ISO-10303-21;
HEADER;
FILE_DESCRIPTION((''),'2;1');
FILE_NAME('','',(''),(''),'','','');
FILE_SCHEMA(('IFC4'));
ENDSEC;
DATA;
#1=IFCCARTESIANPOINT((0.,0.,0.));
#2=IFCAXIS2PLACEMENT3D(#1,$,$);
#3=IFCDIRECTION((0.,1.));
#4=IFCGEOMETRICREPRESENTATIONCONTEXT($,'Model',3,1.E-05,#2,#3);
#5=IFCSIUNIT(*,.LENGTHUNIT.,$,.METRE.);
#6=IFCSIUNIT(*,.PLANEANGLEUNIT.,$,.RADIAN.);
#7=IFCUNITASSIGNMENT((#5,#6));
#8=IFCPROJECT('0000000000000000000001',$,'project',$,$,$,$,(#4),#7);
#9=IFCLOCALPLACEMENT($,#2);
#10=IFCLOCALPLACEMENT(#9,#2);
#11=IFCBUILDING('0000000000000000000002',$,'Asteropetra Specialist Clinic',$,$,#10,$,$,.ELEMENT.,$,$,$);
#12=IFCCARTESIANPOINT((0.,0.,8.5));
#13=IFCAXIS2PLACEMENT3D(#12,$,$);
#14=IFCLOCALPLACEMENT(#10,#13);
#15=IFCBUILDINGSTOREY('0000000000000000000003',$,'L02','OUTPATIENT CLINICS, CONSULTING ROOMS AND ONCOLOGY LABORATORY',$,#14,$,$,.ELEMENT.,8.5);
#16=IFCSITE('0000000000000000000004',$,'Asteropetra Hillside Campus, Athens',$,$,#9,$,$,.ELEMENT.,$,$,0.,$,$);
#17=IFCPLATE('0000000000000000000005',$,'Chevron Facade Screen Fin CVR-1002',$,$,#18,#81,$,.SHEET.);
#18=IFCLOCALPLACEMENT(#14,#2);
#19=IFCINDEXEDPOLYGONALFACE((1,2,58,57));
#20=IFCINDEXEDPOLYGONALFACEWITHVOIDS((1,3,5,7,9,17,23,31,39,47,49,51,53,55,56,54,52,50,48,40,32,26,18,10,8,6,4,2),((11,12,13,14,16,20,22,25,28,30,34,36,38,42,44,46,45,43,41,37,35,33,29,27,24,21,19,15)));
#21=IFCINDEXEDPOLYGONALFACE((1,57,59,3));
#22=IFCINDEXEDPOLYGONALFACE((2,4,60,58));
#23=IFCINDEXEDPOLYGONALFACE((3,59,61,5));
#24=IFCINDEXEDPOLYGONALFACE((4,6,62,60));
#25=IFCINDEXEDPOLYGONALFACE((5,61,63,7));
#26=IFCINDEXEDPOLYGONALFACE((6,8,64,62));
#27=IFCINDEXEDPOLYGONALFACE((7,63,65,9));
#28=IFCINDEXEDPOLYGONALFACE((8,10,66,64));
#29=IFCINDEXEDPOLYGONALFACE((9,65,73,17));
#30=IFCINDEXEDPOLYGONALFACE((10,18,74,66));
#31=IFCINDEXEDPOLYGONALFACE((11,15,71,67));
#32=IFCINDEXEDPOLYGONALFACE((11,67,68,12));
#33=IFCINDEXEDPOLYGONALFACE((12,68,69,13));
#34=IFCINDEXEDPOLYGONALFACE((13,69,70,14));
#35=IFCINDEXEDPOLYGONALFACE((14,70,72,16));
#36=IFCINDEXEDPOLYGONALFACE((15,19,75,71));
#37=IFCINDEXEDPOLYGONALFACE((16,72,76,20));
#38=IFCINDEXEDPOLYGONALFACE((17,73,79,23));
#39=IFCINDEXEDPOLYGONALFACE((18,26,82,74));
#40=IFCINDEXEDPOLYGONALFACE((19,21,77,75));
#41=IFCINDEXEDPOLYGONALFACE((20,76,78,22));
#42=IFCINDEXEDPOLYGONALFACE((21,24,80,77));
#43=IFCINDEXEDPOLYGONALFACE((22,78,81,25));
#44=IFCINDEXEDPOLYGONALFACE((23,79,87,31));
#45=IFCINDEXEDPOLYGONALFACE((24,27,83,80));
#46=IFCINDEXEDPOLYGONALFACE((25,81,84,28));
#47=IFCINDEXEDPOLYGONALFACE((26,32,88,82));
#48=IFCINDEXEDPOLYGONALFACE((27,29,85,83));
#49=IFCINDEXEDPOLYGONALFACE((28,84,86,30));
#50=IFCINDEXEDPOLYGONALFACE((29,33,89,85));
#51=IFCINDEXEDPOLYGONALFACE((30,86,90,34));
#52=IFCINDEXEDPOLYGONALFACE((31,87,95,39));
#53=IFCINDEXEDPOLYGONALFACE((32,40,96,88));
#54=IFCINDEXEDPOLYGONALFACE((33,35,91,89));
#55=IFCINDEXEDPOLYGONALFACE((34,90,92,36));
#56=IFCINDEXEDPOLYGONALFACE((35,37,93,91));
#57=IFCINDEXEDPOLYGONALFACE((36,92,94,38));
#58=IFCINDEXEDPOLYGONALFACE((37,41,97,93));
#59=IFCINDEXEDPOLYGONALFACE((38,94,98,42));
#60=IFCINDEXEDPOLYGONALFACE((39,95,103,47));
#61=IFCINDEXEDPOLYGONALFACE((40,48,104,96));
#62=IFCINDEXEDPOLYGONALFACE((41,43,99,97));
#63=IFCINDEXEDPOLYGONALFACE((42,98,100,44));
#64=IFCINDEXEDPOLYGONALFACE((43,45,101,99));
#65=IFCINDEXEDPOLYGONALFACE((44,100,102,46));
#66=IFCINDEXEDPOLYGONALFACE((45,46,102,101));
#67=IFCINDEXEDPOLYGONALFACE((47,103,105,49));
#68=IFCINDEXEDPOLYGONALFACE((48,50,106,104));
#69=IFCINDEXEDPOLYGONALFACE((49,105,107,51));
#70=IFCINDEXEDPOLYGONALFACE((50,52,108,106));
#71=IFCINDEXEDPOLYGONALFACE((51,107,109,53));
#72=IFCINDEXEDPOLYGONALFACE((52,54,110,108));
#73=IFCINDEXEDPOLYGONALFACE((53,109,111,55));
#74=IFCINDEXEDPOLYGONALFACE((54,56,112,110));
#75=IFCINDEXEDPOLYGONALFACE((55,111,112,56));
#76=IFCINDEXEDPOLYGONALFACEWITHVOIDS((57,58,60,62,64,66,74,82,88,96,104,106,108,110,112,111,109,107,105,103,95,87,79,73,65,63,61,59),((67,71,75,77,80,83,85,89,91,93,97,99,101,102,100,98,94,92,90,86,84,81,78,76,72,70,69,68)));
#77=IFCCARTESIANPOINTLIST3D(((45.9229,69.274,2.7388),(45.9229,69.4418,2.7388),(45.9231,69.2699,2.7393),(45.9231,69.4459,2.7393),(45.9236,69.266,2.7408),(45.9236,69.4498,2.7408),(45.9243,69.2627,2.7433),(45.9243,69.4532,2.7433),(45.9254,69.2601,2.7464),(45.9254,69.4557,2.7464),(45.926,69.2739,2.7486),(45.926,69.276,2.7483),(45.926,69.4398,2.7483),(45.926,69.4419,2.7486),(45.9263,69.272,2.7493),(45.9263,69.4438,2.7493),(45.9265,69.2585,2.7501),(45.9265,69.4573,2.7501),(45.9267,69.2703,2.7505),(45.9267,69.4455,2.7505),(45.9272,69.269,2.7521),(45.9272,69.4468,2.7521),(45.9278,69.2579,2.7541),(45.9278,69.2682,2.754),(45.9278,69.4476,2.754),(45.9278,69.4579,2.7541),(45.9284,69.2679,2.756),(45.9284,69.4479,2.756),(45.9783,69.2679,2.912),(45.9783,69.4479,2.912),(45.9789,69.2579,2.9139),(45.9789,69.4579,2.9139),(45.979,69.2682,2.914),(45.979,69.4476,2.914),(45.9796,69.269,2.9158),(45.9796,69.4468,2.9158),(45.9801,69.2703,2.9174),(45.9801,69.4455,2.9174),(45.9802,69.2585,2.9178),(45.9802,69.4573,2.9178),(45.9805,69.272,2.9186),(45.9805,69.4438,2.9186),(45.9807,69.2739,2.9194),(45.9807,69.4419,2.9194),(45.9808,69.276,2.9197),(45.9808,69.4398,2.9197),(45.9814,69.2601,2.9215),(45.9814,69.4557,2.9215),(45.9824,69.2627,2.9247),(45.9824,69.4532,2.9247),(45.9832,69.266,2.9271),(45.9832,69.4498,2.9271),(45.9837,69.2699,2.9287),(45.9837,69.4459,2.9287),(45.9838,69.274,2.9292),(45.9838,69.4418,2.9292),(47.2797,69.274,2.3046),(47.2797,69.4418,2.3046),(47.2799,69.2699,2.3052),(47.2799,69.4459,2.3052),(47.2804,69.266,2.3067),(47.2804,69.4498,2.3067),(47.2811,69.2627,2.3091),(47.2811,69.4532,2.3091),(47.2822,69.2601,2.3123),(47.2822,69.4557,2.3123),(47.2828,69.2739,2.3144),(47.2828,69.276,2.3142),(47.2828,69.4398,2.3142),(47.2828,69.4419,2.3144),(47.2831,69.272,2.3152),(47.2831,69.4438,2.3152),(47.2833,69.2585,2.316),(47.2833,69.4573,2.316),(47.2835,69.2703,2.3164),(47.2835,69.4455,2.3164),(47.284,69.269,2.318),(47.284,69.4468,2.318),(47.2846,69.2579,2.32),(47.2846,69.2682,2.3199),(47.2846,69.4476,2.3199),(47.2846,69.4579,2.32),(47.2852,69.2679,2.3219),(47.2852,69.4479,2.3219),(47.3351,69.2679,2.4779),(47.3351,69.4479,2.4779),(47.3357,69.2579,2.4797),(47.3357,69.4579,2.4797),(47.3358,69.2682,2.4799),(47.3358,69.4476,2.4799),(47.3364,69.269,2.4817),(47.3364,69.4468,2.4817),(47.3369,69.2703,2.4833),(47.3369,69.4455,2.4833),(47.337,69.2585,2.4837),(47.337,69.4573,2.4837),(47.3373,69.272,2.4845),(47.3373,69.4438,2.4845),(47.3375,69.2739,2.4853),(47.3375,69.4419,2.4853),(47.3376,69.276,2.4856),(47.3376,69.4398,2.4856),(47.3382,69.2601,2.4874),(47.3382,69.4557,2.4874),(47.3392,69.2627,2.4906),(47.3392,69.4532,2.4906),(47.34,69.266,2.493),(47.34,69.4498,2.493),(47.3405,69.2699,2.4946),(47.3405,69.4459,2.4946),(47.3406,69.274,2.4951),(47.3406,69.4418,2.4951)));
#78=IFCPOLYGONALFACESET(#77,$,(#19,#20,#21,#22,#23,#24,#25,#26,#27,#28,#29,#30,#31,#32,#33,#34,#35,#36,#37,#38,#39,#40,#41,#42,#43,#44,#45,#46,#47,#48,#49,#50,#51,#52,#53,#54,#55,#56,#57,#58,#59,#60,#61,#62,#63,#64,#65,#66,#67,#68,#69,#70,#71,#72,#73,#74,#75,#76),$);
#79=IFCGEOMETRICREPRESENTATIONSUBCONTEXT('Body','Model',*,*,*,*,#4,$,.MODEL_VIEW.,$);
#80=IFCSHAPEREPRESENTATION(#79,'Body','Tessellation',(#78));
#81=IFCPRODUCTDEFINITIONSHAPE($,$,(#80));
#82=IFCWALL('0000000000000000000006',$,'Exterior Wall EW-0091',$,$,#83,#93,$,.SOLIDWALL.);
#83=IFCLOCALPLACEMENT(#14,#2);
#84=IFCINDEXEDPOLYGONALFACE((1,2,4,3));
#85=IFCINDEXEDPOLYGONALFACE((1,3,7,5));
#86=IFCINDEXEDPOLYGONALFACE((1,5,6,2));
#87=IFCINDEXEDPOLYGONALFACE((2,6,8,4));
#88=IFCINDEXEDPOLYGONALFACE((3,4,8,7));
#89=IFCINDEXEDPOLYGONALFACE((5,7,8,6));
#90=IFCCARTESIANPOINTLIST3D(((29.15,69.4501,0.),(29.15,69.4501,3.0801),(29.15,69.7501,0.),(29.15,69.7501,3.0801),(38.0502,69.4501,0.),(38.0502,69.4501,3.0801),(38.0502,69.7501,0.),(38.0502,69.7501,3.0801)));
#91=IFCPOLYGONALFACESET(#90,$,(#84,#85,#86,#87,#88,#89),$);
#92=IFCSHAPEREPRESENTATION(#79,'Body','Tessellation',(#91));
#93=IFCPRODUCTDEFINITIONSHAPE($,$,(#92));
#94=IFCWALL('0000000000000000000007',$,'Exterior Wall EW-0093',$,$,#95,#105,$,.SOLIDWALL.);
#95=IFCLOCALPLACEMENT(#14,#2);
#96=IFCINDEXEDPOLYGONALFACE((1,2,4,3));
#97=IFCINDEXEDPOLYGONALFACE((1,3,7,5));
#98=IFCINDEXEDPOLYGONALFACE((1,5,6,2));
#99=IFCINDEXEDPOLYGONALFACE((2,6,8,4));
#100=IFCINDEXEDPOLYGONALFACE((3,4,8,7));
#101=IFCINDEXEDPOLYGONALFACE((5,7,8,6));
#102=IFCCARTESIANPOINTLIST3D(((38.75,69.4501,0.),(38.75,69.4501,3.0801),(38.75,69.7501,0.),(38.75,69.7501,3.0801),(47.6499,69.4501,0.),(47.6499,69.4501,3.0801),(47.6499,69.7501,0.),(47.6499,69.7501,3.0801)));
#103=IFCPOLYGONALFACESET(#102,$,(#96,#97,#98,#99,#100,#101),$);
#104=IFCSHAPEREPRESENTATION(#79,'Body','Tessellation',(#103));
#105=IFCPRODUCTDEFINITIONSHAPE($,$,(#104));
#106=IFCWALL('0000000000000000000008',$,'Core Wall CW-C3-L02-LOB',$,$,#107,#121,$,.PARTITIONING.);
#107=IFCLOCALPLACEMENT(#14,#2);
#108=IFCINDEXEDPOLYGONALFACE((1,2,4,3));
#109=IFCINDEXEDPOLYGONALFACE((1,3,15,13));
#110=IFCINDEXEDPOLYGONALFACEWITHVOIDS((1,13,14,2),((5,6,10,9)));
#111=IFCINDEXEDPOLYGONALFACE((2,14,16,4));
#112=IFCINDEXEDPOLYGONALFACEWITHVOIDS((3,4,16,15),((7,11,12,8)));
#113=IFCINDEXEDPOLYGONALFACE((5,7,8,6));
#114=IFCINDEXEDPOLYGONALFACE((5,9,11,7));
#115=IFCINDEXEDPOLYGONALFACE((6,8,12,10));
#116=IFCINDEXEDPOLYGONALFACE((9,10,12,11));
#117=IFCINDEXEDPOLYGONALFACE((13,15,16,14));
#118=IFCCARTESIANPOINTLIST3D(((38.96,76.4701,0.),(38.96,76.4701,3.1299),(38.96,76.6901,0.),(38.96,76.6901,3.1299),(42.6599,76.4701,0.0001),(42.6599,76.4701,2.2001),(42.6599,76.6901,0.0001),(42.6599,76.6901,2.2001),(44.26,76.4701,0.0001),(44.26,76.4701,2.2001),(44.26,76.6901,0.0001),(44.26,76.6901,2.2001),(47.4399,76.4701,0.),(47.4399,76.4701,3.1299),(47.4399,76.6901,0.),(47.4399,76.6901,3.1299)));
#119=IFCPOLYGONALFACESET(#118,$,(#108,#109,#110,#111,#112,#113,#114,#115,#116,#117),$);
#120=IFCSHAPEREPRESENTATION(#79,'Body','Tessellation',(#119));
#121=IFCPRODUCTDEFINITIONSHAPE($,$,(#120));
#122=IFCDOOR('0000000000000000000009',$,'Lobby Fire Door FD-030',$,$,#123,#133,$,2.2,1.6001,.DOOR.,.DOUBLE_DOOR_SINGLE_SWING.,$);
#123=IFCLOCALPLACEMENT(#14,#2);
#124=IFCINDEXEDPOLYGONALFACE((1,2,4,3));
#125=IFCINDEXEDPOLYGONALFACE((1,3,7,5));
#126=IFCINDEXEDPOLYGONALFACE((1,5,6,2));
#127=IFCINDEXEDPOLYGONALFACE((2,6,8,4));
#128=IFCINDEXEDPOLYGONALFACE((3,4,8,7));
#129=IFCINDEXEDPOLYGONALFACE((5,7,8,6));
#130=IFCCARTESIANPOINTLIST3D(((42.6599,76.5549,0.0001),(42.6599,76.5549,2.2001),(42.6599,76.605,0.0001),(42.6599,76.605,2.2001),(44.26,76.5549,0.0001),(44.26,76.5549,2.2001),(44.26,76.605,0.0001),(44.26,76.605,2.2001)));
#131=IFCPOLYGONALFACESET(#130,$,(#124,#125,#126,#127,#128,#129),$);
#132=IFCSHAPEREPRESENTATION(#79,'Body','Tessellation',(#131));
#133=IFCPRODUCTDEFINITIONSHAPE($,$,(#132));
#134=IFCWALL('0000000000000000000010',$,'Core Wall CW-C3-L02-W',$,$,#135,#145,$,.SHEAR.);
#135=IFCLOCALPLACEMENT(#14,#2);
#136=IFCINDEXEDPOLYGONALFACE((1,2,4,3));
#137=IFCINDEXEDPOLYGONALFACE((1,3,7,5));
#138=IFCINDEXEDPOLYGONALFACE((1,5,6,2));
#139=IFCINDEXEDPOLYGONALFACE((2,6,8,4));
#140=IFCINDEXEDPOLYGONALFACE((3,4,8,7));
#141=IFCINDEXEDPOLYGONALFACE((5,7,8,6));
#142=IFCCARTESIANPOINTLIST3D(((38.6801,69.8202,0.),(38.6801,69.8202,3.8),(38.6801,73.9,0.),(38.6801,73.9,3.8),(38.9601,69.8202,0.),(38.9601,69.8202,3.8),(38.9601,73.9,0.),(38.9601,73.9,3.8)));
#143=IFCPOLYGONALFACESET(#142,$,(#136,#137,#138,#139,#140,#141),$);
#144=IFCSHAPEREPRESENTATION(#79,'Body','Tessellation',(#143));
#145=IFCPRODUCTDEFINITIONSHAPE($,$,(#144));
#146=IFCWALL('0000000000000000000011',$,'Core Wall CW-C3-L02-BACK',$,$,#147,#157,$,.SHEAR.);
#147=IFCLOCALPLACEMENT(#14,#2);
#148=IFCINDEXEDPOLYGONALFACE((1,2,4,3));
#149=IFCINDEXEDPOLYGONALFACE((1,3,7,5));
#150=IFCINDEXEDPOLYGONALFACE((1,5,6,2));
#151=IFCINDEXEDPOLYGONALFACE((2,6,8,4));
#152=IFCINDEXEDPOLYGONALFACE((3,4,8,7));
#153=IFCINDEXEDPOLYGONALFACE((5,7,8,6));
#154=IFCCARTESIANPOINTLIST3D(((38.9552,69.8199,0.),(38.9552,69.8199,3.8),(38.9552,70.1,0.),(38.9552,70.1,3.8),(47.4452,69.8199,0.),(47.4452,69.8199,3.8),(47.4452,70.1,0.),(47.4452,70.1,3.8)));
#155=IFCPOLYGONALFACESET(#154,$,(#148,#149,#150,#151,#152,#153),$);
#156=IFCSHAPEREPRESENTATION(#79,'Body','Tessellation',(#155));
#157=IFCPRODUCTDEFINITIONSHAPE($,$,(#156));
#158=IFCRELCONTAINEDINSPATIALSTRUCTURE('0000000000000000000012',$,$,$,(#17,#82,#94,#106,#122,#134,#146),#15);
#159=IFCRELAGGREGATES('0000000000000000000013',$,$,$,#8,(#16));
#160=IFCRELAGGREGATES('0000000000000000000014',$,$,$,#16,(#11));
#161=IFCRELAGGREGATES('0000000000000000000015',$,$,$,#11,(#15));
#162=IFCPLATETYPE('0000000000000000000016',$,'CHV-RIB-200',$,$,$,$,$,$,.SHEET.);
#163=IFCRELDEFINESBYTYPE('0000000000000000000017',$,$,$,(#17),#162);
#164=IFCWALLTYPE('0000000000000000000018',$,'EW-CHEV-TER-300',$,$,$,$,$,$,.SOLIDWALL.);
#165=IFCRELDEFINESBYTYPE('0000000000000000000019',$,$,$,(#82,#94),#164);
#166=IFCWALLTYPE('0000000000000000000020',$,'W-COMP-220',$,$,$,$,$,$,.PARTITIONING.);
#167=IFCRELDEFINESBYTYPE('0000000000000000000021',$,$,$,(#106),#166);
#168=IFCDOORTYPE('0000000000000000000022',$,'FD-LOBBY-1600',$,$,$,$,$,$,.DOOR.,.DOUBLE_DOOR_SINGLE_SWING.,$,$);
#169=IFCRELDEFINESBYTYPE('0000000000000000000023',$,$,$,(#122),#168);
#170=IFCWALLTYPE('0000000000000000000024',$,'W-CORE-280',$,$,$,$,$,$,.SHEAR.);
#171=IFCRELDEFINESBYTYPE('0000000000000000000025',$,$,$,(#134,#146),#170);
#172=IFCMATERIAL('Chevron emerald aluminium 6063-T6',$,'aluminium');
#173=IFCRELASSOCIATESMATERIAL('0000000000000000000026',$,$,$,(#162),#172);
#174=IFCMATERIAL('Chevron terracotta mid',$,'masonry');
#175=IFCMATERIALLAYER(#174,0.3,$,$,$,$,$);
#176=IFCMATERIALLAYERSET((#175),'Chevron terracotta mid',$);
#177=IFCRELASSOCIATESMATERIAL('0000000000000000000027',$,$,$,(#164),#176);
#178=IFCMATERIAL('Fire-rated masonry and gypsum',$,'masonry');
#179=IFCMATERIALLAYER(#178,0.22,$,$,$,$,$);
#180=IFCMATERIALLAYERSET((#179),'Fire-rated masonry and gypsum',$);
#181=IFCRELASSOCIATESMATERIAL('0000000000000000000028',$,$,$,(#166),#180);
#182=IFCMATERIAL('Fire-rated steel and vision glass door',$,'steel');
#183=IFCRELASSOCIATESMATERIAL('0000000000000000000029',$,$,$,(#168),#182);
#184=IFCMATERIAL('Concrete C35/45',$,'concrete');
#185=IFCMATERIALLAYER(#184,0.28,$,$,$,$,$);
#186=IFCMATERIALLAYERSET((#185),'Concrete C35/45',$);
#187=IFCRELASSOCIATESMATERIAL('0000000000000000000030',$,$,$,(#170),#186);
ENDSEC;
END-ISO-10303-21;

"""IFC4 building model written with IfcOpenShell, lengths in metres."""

from ifc_helpers import new_model, si_unit, direction, frame, frame_2d, origin, origin_2d, place, context, subcontext, project, spatial, rectangle, hollow_rectangle, extrude, material, layer, layer_set, material_profile, profile_set, type_object, element, fill, save


model = new_model("IFC4")

# Units and contexts
model_context = context("Model", 3, precision=1e-05, world=origin(), true_north=direction((0.0, 1.0)))
body_context = subcontext(model_context, "Body", "Model", "MODEL_VIEW")
ifc_project = project(units=[si_unit("LENGTHUNIT", "METRE"), si_unit("PLANEANGLEUNIT", "RADIAN")], contexts=[model_context])

# Site, building, storey
site_placement = place(None, origin())
site = spatial("IfcSite", under=ifc_project, at=site_placement, Name="Asteropetra Hillside Campus, Athens", CompositionType="ELEMENT", RefElevation=0.0)
building_placement = place(site_placement, origin())
building = spatial("IfcBuilding", under=site, at=building_placement, Name="Asteropetra Specialist Clinic", CompositionType="ELEMENT")
storey_placement = place(building_placement, frame((0.0, 0.0, 8.5)))
storey = spatial("IfcBuildingStorey", under=building, at=storey_placement, Name="L02", Description="OUTPATIENT CLINICS, CONSULTING ROOMS AND ONCOLOGY LABORATORY", CompositionType="ELEMENT", Elevation=8.5)

# Plate
ifc_material_1 = material(Name="Chevron emerald aluminium 6063-T6", Category="aluminium")
ifc_material_profile_1 = material_profile(ifc_material_1, hollow_rectangle(XDim=0.2, YDim=0.2, WallThickness=0.01, InnerFilletRadius=0.0081, OuterFilletRadius=0.0161, at=origin_2d()), Name="SHS 200x200x10.0")
ifc_profile_set_1 = profile_set([ifc_material_profile_1], Name="Chevron emerald aluminium 6063-T6")
plate_type = type_object("IfcPlateType", Name="CHV-RIB-200", PredefinedType="SHEET", material=ifc_profile_set_1)
plate_placement = place(storey_placement, frame((45.9534, 69.3579, 2.834), z_axis=(0.952436, 0.0, -0.304738), x_axis=(0.0, 1.0, 0.0)))
element("IfcPlate", 1, at=plate_placement, inside=storey, type_object=plate_type, Name="Chevron Facade Screen Fin CVR-1002", PredefinedType="SHEET", context=body_context, shape_type="SweptSolid", body=[
    extrude(hollow_rectangle(XDim=0.2, YDim=0.2, WallThickness=0.01, InnerFilletRadius=0.0081, OuterFilletRadius=0.0161, at=origin_2d()), origin(), (0.0, 0.0, 1.0), 1.4246),
])

# Walls
ifc_material_2 = material(Name="Chevron terracotta mid", Category="masonry")
ifc_layer_1 = layer(ifc_material_2, 0.3)
ifc_layer_set_1 = layer_set([ifc_layer_1], Name="Chevron terracotta mid")
wall_type_1 = type_object("IfcWallType", Name="EW-CHEV-TER-300", PredefinedType="SOLIDWALL", material=ifc_layer_set_1)
wall_1_placement = place(storey_placement, frame((29.1499, 69.6001, 0.0), z_axis=(0.0, 0.0, 1.0), x_axis=(1.0, 0.0, 0.0)))
element("IfcWall", 2, at=wall_1_placement, inside=storey, type_object=wall_type_1, Name="Exterior Wall EW-0091", PredefinedType="SOLIDWALL", context=body_context, shape_type="SweptSolid", body=[
    extrude(rectangle(XDim=8.9001, YDim=0.3, at=frame_2d((4.4502, 0.0))), origin(), (0.0, 0.0, 1.0), 3.0801),
])
wall_2_placement = place(storey_placement, frame((38.75, 69.6001, 0.0), z_axis=(0.0, 0.0, 1.0), x_axis=(1.0, 0.0, 0.0)))
element("IfcWall", 3, at=wall_2_placement, inside=storey, type_object=wall_type_1, Name="Exterior Wall EW-0093", PredefinedType="SOLIDWALL", context=body_context, shape_type="SweptSolid", body=[
    extrude(rectangle(XDim=8.8999, YDim=0.3, at=frame_2d((4.45, 0.0))), origin(), (0.0, 0.0, 1.0), 3.0801),
])

# Wall, opening, door
ifc_material_3 = material(Name="Fire-rated masonry and gypsum", Category="masonry")
ifc_layer_2 = layer(ifc_material_3, 0.22)
ifc_layer_set_2 = layer_set([ifc_layer_2], Name="Fire-rated masonry and gypsum")
wall_type_2 = type_object("IfcWallType", Name="W-COMP-220", PredefinedType="PARTITIONING", material=ifc_layer_set_2)
wall_3_placement = place(storey_placement, frame((38.96, 76.5801, 0.0), z_axis=(0.0, 0.0, 1.0), x_axis=(1.0, 0.0, 0.0)))
wall_3 = element("IfcWall", 4, at=wall_3_placement, inside=storey, type_object=wall_type_2, Name="Core Wall CW-C3-L02-LOB", PredefinedType="PARTITIONING", context=body_context, shape_type="SweptSolid", body=[
    extrude(rectangle(XDim=8.48, YDim=0.22, at=frame_2d((4.24, 0.0))), origin(), (0.0, 0.0, 1.0), 3.1299),
])
opening_1_placement = place(wall_3_placement, frame((3.7, 0.0, 0.0)))
opening_1 = element("IfcOpeningElement", 5, at=opening_1_placement, cuts=wall_3, PredefinedType="OPENING", context=body_context, shape_type="SweptSolid", body=[
    extrude(rectangle(XDim=1.6001, YDim=2.2, at=frame_2d((0.8, 1.1001))), frame((0.0, 0.1199, 0.0), z_axis=(0.0, -1.0, 0.0), x_axis=(1.0, 0.0, 0.0)), (0.0, 0.0, 1.0), 0.24),
])
ifc_material_4 = material(Name="Fire-rated steel and vision glass door", Category="steel")
door_type_1 = type_object("IfcDoorType", Name="FD-LOBBY-1600", OperationType="DOUBLE_DOOR_SINGLE_SWING", PredefinedType="DOOR", material=ifc_material_4)
door_1_placement = place(opening_1_placement, origin())
door_1 = element("IfcDoor", 6, at=door_1_placement, inside=storey, type_object=door_type_1, Name="Lobby Fire Door FD-030", OperationType="DOUBLE_DOOR_SINGLE_SWING", OverallHeight=2.2, OverallWidth=1.6001, PredefinedType="DOOR", context=body_context, shape_type="SweptSolid", body=[
    extrude(rectangle(XDim=1.6001, YDim=2.2, at=frame_2d((0.8, 1.1001))), frame((0.0, 0.0249, 0.0), z_axis=(0.0, -1.0, 0.0), x_axis=(1.0, 0.0, 0.0)), (0.0, 0.0, 1.0), 0.05),
])
fill(opening_1, door_1)

# Walls
ifc_material_5 = material(Name="Concrete C35/45", Category="concrete")
ifc_layer_3 = layer(ifc_material_5, 0.28)
ifc_layer_set_3 = layer_set([ifc_layer_3], Name="Concrete C35/45")
wall_type_3 = type_object("IfcWallType", Name="W-CORE-280", PredefinedType="SHEAR", material=ifc_layer_set_3)
wall_4_placement = place(storey_placement, frame((38.8201, 69.8201, 0.0), z_axis=(0.0, 0.0, 1.0), x_axis=(0.0, 1.0, 0.0)))
element("IfcWall", 7, at=wall_4_placement, inside=storey, type_object=wall_type_3, Name="Core Wall CW-C3-L02-W", PredefinedType="SHEAR", context=body_context, shape_type="SweptSolid", body=[
    extrude(rectangle(XDim=4.0798, YDim=0.28, at=frame_2d((2.04, 0.0))), origin(), (0.0, 0.0, 1.0), 3.8),
])
wall_5_placement = place(storey_placement, frame((38.9551, 69.96, 0.0), z_axis=(0.0, 0.0, 1.0), x_axis=(1.0, 0.0, 0.0)))
element("IfcWall", 8, at=wall_5_placement, inside=storey, type_object=wall_type_3, Name="Core Wall CW-C3-L02-BACK", PredefinedType="SHEAR", context=body_context, shape_type="SweptSolid", body=[
    extrude(rectangle(XDim=8.49, YDim=0.28, at=frame_2d((4.2451, 0.0))), origin(), (0.0, 0.0, 1.0), 3.8),
])

save(model, "model.ifc")
